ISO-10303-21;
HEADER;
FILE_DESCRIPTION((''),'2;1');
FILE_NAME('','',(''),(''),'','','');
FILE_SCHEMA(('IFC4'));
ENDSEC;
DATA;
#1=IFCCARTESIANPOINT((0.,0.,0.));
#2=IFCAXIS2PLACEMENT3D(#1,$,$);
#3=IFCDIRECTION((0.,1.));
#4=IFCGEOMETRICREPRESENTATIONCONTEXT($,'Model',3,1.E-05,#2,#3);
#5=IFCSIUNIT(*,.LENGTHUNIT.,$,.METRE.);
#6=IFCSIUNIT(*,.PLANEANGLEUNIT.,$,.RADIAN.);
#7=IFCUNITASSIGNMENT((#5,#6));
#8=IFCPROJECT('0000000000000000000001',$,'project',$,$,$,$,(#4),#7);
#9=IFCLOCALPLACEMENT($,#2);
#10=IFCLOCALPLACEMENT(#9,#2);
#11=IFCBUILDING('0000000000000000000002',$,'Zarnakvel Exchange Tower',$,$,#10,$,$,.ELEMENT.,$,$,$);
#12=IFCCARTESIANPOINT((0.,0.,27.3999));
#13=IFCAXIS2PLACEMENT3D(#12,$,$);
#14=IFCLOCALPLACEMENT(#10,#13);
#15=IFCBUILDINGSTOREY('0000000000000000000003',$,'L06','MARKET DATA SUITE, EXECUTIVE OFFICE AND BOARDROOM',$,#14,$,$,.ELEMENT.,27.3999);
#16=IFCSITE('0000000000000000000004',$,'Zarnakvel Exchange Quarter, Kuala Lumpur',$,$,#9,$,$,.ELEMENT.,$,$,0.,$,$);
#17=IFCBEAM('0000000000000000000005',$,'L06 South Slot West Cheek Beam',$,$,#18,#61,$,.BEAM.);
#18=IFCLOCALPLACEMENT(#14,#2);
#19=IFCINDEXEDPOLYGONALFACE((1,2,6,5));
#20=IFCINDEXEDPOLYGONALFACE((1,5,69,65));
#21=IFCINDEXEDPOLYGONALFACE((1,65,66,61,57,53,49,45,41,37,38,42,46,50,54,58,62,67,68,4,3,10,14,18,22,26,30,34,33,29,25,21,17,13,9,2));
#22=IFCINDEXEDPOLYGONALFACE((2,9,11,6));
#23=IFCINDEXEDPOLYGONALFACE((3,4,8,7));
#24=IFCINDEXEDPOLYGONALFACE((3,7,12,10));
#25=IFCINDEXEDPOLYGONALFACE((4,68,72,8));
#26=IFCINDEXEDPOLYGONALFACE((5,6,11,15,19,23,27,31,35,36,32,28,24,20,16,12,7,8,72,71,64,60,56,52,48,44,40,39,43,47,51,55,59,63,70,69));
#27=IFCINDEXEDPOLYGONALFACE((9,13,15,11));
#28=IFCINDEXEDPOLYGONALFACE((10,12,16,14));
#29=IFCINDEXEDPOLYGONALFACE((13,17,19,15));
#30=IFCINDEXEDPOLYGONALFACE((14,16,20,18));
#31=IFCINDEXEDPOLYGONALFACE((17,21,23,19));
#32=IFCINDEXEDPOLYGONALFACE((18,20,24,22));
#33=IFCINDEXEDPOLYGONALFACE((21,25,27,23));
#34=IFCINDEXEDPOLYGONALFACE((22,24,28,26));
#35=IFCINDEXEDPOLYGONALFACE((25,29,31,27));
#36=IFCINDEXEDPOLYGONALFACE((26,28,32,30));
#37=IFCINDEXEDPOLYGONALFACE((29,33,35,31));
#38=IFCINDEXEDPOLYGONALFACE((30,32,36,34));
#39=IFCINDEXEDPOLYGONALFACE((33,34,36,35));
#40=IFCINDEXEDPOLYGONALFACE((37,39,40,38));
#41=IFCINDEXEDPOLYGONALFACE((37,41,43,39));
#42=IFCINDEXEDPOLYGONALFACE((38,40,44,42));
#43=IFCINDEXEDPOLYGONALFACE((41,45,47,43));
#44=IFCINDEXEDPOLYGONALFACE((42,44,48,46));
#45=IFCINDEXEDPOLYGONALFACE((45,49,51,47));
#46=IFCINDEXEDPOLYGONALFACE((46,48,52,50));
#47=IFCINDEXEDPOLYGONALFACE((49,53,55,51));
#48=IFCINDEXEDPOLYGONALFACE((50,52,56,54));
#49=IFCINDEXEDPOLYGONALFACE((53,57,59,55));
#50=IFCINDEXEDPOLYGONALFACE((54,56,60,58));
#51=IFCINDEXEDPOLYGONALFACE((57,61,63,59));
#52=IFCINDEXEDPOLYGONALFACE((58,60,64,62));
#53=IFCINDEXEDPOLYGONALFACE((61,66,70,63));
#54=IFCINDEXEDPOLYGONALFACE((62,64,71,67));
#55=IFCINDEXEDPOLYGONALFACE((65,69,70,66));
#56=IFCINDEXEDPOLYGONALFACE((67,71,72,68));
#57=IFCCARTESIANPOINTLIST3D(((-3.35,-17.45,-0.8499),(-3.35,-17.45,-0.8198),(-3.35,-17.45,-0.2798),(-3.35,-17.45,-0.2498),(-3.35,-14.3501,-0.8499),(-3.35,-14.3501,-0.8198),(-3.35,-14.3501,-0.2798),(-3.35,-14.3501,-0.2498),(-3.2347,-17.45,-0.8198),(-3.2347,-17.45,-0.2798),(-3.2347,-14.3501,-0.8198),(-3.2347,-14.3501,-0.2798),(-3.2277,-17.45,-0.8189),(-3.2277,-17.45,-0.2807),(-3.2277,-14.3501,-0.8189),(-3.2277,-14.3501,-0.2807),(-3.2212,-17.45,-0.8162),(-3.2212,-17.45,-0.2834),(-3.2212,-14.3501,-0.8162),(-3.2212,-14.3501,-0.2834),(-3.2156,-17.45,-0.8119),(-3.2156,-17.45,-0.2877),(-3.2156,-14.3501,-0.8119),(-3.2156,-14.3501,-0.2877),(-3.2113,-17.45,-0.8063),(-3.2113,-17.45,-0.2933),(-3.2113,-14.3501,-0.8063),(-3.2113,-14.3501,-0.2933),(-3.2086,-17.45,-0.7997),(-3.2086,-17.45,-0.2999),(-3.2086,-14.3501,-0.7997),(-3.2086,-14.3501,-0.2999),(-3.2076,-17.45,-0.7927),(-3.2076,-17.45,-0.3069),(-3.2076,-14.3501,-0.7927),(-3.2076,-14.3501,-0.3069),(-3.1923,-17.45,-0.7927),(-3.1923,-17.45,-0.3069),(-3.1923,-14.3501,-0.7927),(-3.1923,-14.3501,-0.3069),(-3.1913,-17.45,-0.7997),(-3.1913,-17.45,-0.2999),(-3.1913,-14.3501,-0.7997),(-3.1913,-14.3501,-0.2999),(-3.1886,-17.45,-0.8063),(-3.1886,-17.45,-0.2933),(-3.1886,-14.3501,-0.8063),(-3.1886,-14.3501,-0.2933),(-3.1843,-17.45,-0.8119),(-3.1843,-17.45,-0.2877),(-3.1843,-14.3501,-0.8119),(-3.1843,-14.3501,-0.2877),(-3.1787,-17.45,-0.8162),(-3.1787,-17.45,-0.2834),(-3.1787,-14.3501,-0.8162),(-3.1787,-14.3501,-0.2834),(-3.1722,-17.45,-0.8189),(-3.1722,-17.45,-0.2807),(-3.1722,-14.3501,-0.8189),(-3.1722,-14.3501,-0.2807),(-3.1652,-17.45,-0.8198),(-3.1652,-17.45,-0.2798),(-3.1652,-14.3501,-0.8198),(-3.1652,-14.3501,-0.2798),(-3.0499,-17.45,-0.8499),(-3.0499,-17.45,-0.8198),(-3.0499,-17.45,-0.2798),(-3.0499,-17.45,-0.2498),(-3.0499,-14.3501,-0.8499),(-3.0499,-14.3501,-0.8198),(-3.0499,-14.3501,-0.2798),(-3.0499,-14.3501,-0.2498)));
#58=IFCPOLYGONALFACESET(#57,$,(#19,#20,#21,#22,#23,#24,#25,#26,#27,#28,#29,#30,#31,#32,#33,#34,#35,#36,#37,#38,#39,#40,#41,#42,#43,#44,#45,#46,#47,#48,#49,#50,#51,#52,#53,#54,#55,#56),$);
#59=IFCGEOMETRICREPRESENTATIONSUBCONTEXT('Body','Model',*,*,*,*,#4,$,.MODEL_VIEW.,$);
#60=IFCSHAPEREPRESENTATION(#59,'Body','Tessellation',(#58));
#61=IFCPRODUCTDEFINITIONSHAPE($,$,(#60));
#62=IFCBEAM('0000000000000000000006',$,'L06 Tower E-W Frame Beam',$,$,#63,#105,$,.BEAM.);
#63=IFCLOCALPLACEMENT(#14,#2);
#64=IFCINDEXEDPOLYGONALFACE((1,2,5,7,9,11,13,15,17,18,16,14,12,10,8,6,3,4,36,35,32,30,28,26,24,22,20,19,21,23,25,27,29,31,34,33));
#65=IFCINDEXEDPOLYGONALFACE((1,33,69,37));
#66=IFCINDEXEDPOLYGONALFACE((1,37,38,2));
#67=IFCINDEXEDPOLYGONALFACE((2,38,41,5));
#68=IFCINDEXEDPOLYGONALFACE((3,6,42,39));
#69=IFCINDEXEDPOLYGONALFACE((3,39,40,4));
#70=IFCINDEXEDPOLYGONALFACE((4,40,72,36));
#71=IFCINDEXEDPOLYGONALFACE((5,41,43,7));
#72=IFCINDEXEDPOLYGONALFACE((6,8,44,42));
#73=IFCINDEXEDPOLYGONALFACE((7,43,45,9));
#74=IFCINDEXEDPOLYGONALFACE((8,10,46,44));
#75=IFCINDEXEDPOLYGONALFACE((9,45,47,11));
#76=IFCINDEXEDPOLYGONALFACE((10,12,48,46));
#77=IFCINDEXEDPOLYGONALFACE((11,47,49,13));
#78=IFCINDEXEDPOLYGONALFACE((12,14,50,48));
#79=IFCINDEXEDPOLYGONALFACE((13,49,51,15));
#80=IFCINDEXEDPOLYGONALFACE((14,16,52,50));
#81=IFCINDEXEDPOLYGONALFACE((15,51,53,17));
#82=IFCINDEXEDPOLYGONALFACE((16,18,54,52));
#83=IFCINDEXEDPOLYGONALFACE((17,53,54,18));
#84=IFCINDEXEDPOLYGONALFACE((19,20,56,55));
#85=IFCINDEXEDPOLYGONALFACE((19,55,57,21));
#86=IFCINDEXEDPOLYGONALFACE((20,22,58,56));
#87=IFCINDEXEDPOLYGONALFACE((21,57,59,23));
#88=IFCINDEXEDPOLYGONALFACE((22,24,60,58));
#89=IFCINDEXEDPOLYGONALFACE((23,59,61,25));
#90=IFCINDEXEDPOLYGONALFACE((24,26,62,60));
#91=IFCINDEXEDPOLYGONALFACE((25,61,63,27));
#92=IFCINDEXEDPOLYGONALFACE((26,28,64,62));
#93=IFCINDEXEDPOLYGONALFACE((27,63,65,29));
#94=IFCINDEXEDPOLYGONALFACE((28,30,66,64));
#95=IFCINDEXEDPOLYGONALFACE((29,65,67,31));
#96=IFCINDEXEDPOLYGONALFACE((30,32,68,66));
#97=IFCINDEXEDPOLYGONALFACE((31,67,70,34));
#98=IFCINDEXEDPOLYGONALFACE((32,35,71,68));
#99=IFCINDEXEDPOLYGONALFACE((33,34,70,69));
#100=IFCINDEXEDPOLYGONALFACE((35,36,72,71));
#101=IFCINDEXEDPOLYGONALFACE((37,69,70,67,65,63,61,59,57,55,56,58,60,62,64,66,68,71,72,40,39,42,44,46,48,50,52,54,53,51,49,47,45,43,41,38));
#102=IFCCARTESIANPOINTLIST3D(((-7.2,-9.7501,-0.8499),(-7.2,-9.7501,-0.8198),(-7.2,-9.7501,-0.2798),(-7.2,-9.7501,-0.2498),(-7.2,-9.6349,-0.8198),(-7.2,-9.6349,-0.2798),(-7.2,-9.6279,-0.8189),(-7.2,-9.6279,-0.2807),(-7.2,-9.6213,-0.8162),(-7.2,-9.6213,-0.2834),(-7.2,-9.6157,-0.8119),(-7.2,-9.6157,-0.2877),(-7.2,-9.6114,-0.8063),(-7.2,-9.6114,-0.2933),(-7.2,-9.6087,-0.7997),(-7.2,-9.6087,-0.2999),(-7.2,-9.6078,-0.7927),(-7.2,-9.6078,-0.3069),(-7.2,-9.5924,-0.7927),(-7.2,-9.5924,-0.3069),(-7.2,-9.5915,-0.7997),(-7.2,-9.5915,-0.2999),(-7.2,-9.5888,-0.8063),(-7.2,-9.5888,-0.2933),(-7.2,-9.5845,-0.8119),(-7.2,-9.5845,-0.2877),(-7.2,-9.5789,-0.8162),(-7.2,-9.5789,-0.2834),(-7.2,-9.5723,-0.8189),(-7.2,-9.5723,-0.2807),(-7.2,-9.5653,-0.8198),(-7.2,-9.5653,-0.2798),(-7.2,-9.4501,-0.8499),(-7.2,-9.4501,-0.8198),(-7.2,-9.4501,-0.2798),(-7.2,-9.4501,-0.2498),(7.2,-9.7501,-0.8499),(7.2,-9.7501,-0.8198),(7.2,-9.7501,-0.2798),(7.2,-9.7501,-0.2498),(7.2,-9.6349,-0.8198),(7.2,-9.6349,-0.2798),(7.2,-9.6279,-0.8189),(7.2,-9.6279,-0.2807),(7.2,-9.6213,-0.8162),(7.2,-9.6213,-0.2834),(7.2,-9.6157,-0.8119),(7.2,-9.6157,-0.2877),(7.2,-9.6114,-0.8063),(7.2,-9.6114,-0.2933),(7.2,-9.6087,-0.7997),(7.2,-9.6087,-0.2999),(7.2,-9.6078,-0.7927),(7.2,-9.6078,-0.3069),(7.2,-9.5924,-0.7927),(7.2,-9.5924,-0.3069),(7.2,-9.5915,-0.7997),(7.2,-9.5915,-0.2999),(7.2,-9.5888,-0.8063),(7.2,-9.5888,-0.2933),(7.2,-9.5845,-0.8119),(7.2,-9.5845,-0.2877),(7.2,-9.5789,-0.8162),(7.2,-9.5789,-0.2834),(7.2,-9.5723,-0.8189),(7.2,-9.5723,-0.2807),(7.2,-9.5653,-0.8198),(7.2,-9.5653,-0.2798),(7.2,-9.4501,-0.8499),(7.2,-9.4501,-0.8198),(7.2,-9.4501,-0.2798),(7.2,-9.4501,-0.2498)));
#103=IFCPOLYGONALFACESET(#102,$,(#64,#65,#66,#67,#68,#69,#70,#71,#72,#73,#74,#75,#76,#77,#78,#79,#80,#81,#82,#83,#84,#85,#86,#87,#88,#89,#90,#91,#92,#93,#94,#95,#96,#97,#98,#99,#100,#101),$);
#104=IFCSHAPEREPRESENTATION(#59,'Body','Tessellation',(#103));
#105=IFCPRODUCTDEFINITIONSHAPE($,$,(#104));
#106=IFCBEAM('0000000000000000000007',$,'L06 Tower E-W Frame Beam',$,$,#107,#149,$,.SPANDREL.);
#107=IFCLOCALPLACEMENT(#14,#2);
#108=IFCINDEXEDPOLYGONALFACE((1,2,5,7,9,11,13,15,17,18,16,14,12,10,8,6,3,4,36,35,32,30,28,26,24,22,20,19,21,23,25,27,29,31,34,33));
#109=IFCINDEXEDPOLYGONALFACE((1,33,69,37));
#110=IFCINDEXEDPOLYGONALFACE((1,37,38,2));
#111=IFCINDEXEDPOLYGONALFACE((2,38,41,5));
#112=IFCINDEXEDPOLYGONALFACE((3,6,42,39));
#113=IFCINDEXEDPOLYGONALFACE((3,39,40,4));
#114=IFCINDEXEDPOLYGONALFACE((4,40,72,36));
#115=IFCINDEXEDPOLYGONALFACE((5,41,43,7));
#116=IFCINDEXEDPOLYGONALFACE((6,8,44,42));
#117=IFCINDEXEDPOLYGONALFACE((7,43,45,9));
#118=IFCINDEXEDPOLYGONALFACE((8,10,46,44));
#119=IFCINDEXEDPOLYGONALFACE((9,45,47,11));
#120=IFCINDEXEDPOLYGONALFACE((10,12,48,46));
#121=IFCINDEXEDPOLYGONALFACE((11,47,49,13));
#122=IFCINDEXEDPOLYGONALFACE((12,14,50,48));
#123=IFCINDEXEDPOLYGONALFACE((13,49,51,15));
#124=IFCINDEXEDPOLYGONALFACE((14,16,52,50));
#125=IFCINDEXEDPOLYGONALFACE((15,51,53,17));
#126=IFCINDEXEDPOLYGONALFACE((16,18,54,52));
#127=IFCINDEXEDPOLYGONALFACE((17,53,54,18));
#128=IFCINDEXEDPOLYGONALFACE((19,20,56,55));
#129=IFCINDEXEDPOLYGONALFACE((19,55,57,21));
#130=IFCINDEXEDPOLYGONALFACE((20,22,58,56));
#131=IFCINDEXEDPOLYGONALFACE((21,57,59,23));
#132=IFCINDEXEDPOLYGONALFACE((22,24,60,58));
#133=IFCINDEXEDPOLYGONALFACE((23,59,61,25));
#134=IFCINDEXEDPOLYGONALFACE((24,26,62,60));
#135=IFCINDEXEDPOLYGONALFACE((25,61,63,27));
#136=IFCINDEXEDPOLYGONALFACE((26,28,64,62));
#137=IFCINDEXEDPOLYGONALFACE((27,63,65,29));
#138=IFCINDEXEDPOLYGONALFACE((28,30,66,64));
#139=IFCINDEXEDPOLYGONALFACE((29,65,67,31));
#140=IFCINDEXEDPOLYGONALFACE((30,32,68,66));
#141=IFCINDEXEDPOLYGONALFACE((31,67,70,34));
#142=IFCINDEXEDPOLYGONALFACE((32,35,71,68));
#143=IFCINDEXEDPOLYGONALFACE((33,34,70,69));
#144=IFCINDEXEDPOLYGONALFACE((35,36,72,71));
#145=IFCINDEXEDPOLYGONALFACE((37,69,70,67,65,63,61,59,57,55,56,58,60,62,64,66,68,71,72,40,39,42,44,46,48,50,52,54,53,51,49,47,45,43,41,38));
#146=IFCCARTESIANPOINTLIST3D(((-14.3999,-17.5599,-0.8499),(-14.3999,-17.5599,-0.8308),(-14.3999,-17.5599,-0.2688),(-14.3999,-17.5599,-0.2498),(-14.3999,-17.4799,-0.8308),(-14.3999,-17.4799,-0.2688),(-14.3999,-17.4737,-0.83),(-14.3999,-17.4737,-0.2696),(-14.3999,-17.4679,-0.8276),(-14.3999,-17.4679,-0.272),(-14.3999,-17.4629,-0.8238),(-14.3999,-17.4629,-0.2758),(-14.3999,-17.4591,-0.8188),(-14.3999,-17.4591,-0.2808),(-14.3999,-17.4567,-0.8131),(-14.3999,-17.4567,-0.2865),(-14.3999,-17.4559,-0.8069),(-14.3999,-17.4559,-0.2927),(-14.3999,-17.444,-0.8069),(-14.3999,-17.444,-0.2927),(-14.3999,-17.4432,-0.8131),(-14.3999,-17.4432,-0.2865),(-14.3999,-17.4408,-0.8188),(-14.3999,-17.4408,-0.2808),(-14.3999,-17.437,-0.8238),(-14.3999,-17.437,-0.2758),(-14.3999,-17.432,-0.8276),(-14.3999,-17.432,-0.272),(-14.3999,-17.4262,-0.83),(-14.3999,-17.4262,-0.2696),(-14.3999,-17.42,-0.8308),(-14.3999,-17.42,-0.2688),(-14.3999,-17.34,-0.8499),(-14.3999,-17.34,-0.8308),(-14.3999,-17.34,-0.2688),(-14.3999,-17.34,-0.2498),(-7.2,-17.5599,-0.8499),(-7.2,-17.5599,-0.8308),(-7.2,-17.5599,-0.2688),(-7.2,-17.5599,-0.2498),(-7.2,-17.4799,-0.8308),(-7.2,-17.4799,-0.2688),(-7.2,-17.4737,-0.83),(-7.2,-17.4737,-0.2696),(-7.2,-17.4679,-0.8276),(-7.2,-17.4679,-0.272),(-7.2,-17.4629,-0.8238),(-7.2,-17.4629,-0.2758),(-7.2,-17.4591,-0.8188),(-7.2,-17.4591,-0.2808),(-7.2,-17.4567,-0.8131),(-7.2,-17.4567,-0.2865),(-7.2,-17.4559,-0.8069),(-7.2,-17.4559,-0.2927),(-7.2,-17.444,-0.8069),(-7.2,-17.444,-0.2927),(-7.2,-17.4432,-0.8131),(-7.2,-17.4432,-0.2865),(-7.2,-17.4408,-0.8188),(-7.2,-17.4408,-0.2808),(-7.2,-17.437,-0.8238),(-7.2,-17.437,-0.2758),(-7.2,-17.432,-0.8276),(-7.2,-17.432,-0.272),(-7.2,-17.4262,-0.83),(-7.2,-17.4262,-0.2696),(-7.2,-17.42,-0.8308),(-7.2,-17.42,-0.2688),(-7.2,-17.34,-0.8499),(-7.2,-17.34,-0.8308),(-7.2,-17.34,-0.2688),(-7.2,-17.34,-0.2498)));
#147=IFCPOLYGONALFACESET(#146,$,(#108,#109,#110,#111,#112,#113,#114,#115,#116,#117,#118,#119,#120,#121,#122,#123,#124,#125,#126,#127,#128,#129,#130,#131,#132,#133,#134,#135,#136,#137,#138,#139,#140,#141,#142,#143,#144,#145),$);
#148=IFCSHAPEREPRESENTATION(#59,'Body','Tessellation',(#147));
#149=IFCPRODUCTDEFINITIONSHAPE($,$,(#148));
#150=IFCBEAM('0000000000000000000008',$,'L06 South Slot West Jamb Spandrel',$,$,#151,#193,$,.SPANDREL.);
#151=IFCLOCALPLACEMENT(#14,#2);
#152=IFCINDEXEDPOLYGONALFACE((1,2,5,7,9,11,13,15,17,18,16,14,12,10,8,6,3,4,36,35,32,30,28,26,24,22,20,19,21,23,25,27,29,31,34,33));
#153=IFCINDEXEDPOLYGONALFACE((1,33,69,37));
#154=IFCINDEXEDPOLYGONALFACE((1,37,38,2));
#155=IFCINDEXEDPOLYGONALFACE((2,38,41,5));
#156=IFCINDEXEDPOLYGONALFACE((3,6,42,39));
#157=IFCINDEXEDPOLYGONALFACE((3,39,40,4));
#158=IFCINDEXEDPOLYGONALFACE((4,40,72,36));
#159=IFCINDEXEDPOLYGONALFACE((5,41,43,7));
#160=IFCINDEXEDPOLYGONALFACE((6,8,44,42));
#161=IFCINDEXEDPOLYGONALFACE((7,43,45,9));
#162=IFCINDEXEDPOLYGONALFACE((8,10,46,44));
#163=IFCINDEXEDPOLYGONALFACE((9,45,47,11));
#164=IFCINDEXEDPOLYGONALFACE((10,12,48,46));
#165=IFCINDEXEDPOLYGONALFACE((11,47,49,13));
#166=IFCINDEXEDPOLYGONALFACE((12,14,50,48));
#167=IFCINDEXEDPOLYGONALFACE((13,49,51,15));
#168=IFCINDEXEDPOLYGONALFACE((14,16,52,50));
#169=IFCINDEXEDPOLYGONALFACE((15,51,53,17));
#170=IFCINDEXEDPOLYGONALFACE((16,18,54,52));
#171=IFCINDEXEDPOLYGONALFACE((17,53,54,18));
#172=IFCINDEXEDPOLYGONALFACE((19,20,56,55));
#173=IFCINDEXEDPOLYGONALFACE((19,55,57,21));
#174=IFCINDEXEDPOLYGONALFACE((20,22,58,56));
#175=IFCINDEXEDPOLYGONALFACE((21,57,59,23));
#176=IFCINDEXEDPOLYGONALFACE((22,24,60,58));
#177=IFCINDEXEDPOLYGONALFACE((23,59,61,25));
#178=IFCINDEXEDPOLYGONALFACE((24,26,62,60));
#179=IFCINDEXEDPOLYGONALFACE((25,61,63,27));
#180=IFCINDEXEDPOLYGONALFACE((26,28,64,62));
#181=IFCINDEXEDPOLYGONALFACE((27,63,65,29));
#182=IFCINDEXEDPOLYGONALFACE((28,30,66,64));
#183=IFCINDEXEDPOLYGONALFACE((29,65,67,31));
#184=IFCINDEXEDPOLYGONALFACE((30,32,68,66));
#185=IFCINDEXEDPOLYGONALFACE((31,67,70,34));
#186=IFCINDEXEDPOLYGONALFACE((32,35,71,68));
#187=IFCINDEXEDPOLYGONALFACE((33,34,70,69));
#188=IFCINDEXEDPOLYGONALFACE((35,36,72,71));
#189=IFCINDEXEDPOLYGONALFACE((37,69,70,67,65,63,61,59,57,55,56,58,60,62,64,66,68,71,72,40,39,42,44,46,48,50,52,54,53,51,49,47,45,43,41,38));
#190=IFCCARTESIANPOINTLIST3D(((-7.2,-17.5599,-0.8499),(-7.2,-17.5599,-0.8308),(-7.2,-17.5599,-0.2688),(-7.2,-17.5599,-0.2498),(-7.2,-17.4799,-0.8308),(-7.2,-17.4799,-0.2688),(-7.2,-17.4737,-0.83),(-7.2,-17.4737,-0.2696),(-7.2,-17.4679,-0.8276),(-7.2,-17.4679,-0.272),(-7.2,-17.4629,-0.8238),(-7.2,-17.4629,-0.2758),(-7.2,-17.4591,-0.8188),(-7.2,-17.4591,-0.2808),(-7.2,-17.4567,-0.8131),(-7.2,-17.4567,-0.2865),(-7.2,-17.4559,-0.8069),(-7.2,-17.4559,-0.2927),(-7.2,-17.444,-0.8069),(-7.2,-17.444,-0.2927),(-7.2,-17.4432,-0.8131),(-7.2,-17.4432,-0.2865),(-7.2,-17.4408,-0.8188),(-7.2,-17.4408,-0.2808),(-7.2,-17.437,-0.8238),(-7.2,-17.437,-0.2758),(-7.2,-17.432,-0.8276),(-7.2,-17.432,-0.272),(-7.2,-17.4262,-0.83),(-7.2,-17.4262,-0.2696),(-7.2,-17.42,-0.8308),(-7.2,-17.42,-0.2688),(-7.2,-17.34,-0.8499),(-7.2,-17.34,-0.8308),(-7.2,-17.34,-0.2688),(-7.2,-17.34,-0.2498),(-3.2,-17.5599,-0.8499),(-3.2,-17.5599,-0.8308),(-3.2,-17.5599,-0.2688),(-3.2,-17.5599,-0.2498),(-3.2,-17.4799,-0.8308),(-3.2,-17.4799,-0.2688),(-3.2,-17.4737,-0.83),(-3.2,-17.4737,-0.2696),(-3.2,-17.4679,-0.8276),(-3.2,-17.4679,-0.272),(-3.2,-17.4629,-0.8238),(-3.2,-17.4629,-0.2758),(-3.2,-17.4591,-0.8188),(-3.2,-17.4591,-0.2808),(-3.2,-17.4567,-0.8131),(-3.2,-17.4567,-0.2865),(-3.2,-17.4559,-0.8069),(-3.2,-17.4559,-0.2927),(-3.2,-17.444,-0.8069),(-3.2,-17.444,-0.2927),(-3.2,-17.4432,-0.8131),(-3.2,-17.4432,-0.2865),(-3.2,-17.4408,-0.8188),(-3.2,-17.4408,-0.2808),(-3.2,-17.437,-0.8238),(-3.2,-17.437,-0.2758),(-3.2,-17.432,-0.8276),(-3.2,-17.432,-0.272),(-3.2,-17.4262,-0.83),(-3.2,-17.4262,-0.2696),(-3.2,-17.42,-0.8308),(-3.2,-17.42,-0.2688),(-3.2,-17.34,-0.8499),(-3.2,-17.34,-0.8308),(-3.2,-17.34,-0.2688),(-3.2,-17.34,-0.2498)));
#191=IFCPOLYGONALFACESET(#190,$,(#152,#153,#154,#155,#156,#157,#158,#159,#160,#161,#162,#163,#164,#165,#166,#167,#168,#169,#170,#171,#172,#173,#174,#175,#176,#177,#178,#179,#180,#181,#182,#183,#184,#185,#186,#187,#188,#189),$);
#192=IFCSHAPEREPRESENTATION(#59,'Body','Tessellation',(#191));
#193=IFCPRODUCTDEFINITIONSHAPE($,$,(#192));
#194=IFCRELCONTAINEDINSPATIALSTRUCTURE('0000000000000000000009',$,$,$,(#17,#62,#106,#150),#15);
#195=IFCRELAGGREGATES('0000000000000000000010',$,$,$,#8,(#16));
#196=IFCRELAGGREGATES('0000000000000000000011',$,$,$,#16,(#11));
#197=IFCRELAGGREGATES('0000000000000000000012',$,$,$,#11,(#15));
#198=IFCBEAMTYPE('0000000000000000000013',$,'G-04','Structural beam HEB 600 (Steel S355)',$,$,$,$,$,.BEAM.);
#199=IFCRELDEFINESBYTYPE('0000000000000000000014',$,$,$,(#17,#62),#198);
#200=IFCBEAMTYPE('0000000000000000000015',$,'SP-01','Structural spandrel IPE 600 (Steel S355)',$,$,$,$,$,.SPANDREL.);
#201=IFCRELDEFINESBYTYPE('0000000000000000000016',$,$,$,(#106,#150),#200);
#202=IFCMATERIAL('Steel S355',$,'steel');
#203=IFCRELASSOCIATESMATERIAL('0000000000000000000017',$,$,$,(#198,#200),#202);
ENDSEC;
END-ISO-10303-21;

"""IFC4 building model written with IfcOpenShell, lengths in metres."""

from ifc_helpers import new_model, si_unit, direction, frame, origin, origin_2d, place, context, subcontext, project, spatial, i_section, extrude, material, material_profile, profile_set, type_object, element, save


model = new_model("IFC4")

# Units and contexts
model_context = context("Model", 3, precision=1e-05, world=origin(), true_north=direction((0.0, 1.0)))
body_context = subcontext(model_context, "Body", "Model", "MODEL_VIEW")
ifc_project = project(units=[si_unit("LENGTHUNIT", "METRE"), si_unit("PLANEANGLEUNIT", "RADIAN")], contexts=[model_context])

# Site, building, storey
site_placement = place(None, origin())
site = spatial("IfcSite", under=ifc_project, at=site_placement, Name="Zarnakvel Exchange Quarter, Kuala Lumpur", CompositionType="ELEMENT", RefElevation=0.0)
building_placement = place(site_placement, origin())
building = spatial("IfcBuilding", under=site, at=building_placement, Name="Zarnakvel Exchange Tower", CompositionType="ELEMENT")
storey_placement = place(building_placement, frame((0.0, 0.0, 27.3999)))
storey = spatial("IfcBuildingStorey", under=building, at=storey_placement, Name="L06", Description="MARKET DATA SUITE, EXECUTIVE OFFICE AND BOARDROOM", CompositionType="ELEMENT", Elevation=27.3999)

# Beams
ifc_material_1 = material(Name="Steel S355", Category="steel")
ifc_material_profile_1 = material_profile(ifc_material_1, i_section(OverallWidth=0.3, OverallDepth=0.6001, WebThickness=0.0154, FlangeThickness=0.03, FilletRadius=0.0271, at=origin_2d()))
ifc_profile_set_1 = profile_set([ifc_material_profile_1], Name="Steel S355")
beam_type_1 = type_object("IfcBeamType", Name="G-04", Description="Structural beam HEB 600 (Steel S355)", PredefinedType="BEAM", material=ifc_profile_set_1)
beam_1_placement = place(storey_placement, frame((-3.2, -17.45, -0.5498), z_axis=(0.0, 1.0, 0.0), x_axis=(-1.0, 0.0, 0.0)))
element("IfcBeam", 1, at=beam_1_placement, inside=storey, type_object=beam_type_1, Name="L06 South Slot West Cheek Beam", PredefinedType="BEAM", context=body_context, shape_type="SweptSolid", body=[
    extrude(i_section(OverallWidth=0.3, OverallDepth=0.6001, WebThickness=0.0154, FlangeThickness=0.03, FilletRadius=0.0271, at=origin_2d()), origin(), (0.0, 0.0, 1.0), 3.0999),
])
beam_2_placement = place(storey_placement, frame((-7.2, -9.6001, -0.5498), z_axis=(1.0, 0.0, 0.0), x_axis=(0.0, 1.0, 0.0)))
element("IfcBeam", 2, at=beam_2_placement, inside=storey, type_object=beam_type_1, Name="L06 Tower E-W Frame Beam", PredefinedType="BEAM", context=body_context, shape_type="SweptSolid", body=[
    extrude(i_section(OverallWidth=0.3, OverallDepth=0.6001, WebThickness=0.0154, FlangeThickness=0.03, FilletRadius=0.0271, at=origin_2d()), origin(), (0.0, 0.0, 1.0), 14.3999),
])
ifc_material_profile_2 = material_profile(ifc_material_1, i_section(OverallWidth=0.22, OverallDepth=0.6001, WebThickness=0.012, FlangeThickness=0.019, FilletRadius=0.0239, at=origin_2d()))
ifc_profile_set_2 = profile_set([ifc_material_profile_2], Name="Steel S355")
beam_type_2 = type_object("IfcBeamType", Name="SP-01", Description="Structural spandrel IPE 600 (Steel S355)", PredefinedType="SPANDREL", material=ifc_profile_set_2)
beam_3_placement = place(storey_placement, frame((-14.3999, -17.45, -0.5498), z_axis=(1.0, 0.0, 0.0), x_axis=(0.0, 1.0, 0.0)))
element("IfcBeam", 3, at=beam_3_placement, inside=storey, type_object=beam_type_2, Name="L06 Tower E-W Frame Beam", PredefinedType="SPANDREL", context=body_context, shape_type="SweptSolid", body=[
    extrude(i_section(OverallWidth=0.22, OverallDepth=0.6001, WebThickness=0.012, FlangeThickness=0.019, FilletRadius=0.0239, at=origin_2d()), origin(), (0.0, 0.0, 1.0), 7.2),
])
beam_4_placement = place(storey_placement, frame((-7.2, -17.45, -0.5498), z_axis=(1.0, 0.0, 0.0), x_axis=(0.0, 1.0, 0.0)))
element("IfcBeam", 4, at=beam_4_placement, inside=storey, type_object=beam_type_2, Name="L06 South Slot West Jamb Spandrel", PredefinedType="SPANDREL", context=body_context, shape_type="SweptSolid", body=[
    extrude(i_section(OverallWidth=0.22, OverallDepth=0.6001, WebThickness=0.012, FlangeThickness=0.019, FilletRadius=0.0239, at=origin_2d()), origin(), (0.0, 0.0, 1.0), 4.0),
])

save(model, "model.ifc")
